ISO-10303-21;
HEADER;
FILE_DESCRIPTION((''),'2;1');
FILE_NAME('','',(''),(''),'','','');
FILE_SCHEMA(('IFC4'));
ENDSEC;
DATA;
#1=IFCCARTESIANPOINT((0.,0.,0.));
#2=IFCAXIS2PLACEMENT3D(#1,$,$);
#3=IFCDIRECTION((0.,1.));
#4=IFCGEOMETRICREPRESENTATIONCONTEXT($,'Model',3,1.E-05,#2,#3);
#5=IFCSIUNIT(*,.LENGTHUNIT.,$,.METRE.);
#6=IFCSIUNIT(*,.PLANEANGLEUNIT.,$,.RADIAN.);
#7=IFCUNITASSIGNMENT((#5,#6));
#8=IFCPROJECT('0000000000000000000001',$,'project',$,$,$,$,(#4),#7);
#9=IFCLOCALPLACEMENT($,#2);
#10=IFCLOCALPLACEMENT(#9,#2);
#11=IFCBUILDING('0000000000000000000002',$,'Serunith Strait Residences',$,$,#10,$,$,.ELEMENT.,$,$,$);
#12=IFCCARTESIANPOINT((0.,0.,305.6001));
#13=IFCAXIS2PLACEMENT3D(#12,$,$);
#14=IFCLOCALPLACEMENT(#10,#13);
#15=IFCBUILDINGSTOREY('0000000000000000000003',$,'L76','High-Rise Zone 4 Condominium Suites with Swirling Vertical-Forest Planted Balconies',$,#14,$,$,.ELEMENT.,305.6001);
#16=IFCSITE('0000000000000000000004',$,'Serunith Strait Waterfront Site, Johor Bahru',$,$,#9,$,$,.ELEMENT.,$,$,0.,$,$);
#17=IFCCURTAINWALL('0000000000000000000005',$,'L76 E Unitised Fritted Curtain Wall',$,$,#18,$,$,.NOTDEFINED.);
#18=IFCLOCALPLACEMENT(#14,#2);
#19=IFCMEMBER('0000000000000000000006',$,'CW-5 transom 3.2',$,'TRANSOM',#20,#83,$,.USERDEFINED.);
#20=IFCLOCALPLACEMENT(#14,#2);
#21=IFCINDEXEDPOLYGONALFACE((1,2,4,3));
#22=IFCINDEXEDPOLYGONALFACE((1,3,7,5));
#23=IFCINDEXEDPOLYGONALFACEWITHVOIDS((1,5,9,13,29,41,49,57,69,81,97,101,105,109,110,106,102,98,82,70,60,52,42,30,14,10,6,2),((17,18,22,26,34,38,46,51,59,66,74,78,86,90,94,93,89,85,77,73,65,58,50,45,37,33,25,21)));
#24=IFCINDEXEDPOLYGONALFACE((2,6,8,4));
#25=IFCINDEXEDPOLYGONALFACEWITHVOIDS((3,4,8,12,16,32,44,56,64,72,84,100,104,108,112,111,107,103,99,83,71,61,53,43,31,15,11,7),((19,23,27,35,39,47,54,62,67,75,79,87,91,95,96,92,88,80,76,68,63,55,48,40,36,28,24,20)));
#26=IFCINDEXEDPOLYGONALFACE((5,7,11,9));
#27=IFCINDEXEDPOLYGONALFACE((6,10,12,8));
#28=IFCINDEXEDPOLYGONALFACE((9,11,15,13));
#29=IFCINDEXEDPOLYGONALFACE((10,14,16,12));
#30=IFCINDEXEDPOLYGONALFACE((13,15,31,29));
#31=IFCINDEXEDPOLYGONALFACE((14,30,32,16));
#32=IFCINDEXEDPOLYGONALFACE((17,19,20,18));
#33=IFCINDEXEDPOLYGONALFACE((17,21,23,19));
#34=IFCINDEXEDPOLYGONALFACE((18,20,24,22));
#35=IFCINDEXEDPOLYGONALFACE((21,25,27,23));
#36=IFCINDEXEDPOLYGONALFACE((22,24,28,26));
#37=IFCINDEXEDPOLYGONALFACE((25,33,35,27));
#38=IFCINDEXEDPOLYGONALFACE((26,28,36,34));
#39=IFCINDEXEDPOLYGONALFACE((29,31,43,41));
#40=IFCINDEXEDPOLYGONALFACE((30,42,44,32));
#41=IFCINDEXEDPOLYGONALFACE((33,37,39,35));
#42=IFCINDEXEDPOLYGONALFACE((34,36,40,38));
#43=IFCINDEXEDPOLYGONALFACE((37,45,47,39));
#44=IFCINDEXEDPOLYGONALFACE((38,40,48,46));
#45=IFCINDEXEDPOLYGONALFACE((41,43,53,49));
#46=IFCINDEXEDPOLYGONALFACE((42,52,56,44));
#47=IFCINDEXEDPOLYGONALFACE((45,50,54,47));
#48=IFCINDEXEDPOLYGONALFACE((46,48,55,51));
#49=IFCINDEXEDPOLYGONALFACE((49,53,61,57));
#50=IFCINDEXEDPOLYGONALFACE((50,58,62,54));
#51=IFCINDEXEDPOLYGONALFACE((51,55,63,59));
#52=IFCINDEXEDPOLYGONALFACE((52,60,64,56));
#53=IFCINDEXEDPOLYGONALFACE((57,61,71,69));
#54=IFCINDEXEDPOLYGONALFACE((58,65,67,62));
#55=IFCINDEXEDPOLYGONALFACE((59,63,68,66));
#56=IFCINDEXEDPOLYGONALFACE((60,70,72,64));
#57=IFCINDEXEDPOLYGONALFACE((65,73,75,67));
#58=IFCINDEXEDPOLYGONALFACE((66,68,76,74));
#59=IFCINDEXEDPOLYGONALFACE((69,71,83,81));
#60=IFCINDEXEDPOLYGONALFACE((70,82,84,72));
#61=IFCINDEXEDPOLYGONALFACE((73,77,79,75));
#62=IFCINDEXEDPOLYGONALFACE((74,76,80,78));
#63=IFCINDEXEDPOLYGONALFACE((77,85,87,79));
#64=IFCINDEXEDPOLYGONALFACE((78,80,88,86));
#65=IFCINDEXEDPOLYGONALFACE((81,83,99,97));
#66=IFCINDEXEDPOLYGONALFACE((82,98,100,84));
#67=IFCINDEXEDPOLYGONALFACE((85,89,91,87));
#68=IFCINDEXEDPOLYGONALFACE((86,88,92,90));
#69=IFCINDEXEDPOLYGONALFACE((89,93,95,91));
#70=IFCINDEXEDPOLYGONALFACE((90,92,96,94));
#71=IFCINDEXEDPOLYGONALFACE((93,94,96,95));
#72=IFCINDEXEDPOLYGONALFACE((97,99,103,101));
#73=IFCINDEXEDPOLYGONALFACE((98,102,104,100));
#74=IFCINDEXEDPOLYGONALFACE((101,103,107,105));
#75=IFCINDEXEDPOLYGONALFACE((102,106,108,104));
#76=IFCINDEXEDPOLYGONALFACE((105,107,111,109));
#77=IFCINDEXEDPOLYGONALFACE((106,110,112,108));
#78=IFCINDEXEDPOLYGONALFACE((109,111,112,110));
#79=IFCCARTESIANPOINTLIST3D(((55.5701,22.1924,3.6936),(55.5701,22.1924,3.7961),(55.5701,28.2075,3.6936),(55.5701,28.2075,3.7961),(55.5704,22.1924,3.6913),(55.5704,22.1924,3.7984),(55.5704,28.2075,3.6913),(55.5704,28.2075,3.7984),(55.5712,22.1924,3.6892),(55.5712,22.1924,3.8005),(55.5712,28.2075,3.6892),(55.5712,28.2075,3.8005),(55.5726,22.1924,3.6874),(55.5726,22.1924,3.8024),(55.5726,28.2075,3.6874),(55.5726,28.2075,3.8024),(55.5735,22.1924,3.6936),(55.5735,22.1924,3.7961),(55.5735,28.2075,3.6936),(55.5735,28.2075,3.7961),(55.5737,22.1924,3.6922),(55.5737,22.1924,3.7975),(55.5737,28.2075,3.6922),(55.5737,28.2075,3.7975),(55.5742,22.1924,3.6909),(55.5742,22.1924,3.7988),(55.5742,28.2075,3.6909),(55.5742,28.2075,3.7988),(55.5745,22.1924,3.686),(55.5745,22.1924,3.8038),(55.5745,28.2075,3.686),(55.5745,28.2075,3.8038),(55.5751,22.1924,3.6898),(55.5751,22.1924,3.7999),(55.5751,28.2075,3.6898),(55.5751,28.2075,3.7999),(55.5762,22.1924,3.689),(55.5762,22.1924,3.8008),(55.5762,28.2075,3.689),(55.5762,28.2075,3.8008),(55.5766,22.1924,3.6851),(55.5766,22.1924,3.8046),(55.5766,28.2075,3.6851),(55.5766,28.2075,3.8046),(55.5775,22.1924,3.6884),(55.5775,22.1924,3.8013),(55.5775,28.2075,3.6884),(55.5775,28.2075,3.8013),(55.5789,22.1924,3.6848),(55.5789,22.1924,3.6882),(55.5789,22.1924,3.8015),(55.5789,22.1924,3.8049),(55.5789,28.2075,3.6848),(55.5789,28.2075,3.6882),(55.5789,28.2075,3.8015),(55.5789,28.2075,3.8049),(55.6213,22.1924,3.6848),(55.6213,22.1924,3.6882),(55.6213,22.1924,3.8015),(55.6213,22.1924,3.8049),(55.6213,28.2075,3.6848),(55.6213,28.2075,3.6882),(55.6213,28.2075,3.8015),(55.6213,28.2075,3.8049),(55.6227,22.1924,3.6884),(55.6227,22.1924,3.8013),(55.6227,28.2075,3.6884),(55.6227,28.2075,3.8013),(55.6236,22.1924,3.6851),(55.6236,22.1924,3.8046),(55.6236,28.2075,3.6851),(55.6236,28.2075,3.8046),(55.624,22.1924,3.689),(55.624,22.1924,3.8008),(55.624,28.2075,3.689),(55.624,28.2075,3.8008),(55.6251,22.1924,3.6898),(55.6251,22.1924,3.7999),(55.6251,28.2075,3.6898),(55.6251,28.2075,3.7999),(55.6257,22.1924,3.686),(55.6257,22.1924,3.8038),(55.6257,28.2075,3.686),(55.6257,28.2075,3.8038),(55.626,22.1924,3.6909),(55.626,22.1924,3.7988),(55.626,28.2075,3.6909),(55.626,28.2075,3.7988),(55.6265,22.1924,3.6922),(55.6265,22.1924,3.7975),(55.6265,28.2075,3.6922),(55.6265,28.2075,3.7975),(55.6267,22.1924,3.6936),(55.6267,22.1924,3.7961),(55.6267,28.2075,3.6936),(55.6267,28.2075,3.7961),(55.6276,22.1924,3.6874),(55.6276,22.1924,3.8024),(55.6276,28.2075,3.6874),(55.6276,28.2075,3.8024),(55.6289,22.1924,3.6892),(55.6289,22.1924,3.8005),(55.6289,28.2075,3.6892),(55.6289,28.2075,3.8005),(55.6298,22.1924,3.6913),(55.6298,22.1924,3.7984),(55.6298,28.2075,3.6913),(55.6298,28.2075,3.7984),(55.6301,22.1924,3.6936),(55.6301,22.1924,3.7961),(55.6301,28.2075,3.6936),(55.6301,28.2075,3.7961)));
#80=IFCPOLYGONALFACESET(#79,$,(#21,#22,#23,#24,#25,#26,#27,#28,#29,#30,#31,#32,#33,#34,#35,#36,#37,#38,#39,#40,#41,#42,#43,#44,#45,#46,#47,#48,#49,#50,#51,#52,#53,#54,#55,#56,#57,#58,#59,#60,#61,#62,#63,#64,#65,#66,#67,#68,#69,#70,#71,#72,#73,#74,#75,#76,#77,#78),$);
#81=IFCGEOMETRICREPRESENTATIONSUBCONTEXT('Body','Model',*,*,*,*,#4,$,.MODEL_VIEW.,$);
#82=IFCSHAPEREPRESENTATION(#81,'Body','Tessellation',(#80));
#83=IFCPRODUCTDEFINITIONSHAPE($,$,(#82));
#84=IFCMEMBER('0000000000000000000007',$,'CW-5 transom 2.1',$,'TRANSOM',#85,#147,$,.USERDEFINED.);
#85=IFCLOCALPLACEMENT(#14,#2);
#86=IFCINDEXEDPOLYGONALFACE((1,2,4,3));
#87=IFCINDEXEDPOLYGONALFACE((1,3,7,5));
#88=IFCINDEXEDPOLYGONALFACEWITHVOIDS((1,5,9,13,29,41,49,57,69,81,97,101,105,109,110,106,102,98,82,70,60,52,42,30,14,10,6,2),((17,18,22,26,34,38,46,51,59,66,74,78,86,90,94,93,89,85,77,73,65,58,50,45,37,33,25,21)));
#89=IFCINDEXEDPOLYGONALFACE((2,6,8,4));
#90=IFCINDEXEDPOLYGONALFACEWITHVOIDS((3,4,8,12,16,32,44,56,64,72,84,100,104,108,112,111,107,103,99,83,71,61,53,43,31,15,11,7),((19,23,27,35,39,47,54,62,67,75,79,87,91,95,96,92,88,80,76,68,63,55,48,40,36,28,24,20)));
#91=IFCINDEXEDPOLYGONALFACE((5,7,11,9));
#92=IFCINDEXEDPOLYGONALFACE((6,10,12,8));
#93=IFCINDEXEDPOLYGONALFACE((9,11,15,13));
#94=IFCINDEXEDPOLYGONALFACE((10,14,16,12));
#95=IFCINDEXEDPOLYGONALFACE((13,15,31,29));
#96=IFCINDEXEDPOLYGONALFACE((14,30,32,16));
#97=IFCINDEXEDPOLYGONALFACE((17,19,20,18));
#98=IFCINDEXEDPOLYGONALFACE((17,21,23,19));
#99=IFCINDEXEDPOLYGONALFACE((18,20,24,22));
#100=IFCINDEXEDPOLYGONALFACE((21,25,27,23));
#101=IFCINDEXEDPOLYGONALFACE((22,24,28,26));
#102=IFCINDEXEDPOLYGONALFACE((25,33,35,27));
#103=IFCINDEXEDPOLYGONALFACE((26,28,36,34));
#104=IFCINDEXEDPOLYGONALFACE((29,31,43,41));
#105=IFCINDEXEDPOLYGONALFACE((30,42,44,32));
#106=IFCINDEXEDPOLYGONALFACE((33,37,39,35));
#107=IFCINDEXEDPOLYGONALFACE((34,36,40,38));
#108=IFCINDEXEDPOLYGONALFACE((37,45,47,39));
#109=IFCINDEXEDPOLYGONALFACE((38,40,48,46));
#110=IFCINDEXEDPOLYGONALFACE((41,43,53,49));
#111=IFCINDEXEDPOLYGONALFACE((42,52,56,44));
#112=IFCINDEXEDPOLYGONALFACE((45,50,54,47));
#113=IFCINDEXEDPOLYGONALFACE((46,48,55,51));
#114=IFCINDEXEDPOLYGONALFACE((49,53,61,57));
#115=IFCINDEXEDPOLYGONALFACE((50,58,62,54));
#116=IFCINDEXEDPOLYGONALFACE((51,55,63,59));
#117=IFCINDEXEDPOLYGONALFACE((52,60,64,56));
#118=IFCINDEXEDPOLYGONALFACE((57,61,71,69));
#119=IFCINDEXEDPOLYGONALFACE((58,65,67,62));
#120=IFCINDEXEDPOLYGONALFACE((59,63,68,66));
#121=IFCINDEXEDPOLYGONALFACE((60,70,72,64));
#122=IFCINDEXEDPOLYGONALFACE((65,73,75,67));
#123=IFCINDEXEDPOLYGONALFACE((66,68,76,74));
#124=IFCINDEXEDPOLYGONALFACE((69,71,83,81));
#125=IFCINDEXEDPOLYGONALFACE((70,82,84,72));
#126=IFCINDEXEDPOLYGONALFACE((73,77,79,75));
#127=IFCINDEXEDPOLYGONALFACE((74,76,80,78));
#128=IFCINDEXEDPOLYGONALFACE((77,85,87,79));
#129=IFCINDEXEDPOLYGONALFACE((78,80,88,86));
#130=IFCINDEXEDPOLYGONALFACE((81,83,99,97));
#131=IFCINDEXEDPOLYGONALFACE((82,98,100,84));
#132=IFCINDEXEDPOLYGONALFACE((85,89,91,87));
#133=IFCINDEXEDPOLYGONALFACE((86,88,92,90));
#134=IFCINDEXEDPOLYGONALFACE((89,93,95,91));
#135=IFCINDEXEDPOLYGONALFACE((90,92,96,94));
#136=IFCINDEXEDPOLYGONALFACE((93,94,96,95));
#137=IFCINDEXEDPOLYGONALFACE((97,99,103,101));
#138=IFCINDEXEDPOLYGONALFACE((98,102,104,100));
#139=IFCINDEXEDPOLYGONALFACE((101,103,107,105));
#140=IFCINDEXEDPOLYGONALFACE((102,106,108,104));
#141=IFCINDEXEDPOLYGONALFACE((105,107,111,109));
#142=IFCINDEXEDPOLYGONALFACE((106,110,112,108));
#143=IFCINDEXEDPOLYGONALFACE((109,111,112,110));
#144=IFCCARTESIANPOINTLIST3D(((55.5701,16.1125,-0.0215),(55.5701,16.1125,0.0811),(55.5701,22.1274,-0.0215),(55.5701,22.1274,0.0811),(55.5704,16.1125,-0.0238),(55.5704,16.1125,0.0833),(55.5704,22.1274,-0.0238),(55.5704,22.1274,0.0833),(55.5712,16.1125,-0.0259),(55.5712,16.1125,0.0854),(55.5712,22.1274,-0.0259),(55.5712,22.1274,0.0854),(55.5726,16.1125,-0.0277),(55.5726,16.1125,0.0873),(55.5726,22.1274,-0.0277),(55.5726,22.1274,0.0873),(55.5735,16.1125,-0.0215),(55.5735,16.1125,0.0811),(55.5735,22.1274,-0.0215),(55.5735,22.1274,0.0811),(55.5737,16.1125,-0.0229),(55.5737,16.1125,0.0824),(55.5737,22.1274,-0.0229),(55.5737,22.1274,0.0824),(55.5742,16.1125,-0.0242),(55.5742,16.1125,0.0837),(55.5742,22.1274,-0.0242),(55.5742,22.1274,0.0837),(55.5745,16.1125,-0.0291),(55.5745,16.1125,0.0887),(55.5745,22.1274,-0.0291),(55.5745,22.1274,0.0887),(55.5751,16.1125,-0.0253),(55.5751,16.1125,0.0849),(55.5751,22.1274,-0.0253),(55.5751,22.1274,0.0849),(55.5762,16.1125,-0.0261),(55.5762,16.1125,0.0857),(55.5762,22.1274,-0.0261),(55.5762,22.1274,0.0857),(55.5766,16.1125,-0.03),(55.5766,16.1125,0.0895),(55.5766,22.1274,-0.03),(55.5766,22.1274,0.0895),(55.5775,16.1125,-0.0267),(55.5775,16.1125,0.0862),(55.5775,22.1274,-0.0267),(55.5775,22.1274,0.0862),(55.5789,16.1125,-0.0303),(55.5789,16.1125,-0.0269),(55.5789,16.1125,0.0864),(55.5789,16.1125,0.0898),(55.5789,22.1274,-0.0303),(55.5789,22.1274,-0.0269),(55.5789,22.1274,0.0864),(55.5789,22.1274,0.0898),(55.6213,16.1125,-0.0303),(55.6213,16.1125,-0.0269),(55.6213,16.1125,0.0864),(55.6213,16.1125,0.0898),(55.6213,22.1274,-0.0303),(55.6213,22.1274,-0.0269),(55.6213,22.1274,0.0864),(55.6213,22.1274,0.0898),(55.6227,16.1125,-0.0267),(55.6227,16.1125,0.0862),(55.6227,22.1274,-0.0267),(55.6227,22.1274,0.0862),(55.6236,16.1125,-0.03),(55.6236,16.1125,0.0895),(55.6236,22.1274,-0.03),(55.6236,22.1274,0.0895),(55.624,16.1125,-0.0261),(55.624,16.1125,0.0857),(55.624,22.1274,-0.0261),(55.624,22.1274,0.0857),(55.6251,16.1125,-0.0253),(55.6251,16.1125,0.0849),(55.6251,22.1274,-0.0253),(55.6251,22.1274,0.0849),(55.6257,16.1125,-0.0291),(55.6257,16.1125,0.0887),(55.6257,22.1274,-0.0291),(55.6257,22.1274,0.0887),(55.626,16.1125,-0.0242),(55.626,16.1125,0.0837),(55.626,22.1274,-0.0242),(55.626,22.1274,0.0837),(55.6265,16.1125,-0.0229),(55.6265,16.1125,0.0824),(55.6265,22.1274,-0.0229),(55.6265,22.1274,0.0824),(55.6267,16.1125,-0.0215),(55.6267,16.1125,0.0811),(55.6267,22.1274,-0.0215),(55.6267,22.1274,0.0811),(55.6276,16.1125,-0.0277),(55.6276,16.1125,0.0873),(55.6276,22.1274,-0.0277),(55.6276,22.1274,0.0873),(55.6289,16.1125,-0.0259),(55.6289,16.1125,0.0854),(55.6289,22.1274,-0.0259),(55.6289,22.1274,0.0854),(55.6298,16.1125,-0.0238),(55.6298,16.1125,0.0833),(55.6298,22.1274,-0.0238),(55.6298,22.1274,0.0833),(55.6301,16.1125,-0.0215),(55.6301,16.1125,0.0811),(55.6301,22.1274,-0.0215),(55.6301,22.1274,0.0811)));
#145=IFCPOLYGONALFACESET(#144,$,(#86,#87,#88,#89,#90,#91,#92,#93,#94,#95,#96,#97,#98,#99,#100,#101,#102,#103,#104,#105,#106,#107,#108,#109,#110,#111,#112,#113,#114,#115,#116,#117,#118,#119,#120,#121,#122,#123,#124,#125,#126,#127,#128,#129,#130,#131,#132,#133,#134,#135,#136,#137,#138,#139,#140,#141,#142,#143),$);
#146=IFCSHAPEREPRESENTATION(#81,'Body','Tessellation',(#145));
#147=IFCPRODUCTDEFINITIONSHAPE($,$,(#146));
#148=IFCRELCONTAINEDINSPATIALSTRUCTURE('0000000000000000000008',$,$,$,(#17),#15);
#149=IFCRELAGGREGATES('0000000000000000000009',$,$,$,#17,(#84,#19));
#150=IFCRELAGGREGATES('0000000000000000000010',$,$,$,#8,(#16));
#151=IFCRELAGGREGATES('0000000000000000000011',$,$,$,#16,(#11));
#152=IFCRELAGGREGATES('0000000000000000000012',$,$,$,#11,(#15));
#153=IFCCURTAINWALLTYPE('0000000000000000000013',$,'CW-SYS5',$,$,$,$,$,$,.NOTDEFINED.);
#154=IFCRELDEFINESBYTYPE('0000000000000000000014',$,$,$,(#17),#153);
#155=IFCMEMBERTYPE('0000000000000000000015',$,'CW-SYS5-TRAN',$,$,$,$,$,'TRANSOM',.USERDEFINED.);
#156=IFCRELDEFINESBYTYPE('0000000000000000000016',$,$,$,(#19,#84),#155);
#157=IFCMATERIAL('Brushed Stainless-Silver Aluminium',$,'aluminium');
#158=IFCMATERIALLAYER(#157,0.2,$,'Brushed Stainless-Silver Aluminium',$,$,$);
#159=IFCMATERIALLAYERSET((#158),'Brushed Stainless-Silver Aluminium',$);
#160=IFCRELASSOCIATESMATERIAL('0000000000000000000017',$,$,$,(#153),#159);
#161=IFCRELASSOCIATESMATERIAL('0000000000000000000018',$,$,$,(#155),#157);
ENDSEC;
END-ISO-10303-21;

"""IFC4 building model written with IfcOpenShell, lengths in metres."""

from ifc_helpers import new_model, si_unit, direction, frame, origin, origin_2d, place, context, subcontext, project, spatial, hollow_rectangle, extrude, source, transform, mapped, material, layer, layer_set, material_profile, profile_set, type_object, element, aggregate, save


model = new_model("IFC4")

# Units and contexts
model_context = context("Model", 3, precision=1e-05, world=origin(), true_north=direction((0.0, 1.0)))
body_context = subcontext(model_context, "Body", "Model", "MODEL_VIEW")
ifc_project = project(units=[si_unit("LENGTHUNIT", "METRE"), si_unit("PLANEANGLEUNIT", "RADIAN")], contexts=[model_context])

# Site, building, storey
site_placement = place(None, origin())
site = spatial("IfcSite", under=ifc_project, at=site_placement, Name="Serunith Strait Waterfront Site, Johor Bahru", CompositionType="ELEMENT", RefElevation=0.0)
building_placement = place(site_placement, origin())
building = spatial("IfcBuilding", under=site, at=building_placement, Name="Serunith Strait Residences", CompositionType="ELEMENT")
storey_placement = place(building_placement, frame((0.0, 0.0, 305.6001)))
storey = spatial("IfcBuildingStorey", under=building, at=storey_placement, Name="L76", Description="High-Rise Zone 4 Condominium Suites with Swirling Vertical-Forest Planted Balconies", CompositionType="ELEMENT", Elevation=305.6001)

# Curtain wall, members
ifc_material_1 = material(Name="Brushed Stainless-Silver Aluminium", Category="aluminium")
ifc_layer_1 = layer(ifc_material_1, 0.2, Name="Brushed Stainless-Silver Aluminium")
ifc_layer_set_1 = layer_set([ifc_layer_1], Name="Brushed Stainless-Silver Aluminium")
curtain_wall_type = type_object("IfcCurtainWallType", Name="CW-SYS5", PredefinedType="NOTDEFINED", material=ifc_layer_set_1)
curtain_wall_placement = place(storey_placement, origin())
curtain_wall = element("IfcCurtainWall", 1, at=curtain_wall_placement, inside=storey, type_object=curtain_wall_type, Name="L76 E Unitised Fritted Curtain Wall", PredefinedType="NOTDEFINED")
ifc_material_profile_1 = material_profile(ifc_material_1, hollow_rectangle(XDim=0.0601, YDim=0.1201, WallThickness=0.0034, InnerFilletRadius=0.0054, OuterFilletRadius=0.0088, at=origin_2d()), Name="ALU 120x60x3.5")
ifc_profile_set_1 = profile_set([ifc_material_profile_1], Name="Brushed Stainless-Silver Aluminium")
member_type_1 = type_object("IfcMemberType", Name="CW-SYS5-TRAN", ElementType="TRANSOM", PredefinedType="USERDEFINED", material=ifc_profile_set_1)
shared_shape_1 = source(origin(), body_context, "Body", "SweptSolid", [
    extrude(hollow_rectangle(XDim=0.0601, YDim=0.1201, WallThickness=0.0034, InnerFilletRadius=0.0054, OuterFilletRadius=0.0088, at=origin_2d()), origin(), (0.0, 0.0, 1.0), 6.0151),
])
member_1_placement = place(storey_placement, frame((55.6001, 22.1924, 3.7449), z_axis=(0.0, 1.0, 0.0), x_axis=(-1.0, 0.0, 0.0)))
member_1 = element("IfcMember", 2, at=member_1_placement, type_object=member_type_1, Name="CW-5 transom 3.2", ObjectType="TRANSOM", PredefinedType="USERDEFINED", context=body_context, shape_type="MappedRepresentation", body=[
    mapped(shared_shape_1, transform((0.0, 0.0, 0.0), scale=1.0)),
])
shared_shape_2 = source(origin(), body_context, "Body", "SweptSolid", [
    extrude(hollow_rectangle(XDim=0.0601, YDim=0.1201, WallThickness=0.0034, InnerFilletRadius=0.0054, OuterFilletRadius=0.0088, at=origin_2d()), origin(), (0.0, 0.0, 1.0), 6.0149),
])
member_2_placement = place(storey_placement, frame((55.6001, 16.1125, 0.0298), z_axis=(0.0, 1.0, 0.0), x_axis=(-1.0, 0.0, 0.0)))
member_2 = element("IfcMember", 3, at=member_2_placement, type_object=member_type_1, Name="CW-5 transom 2.1", ObjectType="TRANSOM", PredefinedType="USERDEFINED", context=body_context, shape_type="MappedRepresentation", body=[
    mapped(shared_shape_2, transform((0.0, 0.0, 0.0), scale=1.0)),
])
aggregate(curtain_wall, [member_2, member_1])

save(model, "model.ifc")
